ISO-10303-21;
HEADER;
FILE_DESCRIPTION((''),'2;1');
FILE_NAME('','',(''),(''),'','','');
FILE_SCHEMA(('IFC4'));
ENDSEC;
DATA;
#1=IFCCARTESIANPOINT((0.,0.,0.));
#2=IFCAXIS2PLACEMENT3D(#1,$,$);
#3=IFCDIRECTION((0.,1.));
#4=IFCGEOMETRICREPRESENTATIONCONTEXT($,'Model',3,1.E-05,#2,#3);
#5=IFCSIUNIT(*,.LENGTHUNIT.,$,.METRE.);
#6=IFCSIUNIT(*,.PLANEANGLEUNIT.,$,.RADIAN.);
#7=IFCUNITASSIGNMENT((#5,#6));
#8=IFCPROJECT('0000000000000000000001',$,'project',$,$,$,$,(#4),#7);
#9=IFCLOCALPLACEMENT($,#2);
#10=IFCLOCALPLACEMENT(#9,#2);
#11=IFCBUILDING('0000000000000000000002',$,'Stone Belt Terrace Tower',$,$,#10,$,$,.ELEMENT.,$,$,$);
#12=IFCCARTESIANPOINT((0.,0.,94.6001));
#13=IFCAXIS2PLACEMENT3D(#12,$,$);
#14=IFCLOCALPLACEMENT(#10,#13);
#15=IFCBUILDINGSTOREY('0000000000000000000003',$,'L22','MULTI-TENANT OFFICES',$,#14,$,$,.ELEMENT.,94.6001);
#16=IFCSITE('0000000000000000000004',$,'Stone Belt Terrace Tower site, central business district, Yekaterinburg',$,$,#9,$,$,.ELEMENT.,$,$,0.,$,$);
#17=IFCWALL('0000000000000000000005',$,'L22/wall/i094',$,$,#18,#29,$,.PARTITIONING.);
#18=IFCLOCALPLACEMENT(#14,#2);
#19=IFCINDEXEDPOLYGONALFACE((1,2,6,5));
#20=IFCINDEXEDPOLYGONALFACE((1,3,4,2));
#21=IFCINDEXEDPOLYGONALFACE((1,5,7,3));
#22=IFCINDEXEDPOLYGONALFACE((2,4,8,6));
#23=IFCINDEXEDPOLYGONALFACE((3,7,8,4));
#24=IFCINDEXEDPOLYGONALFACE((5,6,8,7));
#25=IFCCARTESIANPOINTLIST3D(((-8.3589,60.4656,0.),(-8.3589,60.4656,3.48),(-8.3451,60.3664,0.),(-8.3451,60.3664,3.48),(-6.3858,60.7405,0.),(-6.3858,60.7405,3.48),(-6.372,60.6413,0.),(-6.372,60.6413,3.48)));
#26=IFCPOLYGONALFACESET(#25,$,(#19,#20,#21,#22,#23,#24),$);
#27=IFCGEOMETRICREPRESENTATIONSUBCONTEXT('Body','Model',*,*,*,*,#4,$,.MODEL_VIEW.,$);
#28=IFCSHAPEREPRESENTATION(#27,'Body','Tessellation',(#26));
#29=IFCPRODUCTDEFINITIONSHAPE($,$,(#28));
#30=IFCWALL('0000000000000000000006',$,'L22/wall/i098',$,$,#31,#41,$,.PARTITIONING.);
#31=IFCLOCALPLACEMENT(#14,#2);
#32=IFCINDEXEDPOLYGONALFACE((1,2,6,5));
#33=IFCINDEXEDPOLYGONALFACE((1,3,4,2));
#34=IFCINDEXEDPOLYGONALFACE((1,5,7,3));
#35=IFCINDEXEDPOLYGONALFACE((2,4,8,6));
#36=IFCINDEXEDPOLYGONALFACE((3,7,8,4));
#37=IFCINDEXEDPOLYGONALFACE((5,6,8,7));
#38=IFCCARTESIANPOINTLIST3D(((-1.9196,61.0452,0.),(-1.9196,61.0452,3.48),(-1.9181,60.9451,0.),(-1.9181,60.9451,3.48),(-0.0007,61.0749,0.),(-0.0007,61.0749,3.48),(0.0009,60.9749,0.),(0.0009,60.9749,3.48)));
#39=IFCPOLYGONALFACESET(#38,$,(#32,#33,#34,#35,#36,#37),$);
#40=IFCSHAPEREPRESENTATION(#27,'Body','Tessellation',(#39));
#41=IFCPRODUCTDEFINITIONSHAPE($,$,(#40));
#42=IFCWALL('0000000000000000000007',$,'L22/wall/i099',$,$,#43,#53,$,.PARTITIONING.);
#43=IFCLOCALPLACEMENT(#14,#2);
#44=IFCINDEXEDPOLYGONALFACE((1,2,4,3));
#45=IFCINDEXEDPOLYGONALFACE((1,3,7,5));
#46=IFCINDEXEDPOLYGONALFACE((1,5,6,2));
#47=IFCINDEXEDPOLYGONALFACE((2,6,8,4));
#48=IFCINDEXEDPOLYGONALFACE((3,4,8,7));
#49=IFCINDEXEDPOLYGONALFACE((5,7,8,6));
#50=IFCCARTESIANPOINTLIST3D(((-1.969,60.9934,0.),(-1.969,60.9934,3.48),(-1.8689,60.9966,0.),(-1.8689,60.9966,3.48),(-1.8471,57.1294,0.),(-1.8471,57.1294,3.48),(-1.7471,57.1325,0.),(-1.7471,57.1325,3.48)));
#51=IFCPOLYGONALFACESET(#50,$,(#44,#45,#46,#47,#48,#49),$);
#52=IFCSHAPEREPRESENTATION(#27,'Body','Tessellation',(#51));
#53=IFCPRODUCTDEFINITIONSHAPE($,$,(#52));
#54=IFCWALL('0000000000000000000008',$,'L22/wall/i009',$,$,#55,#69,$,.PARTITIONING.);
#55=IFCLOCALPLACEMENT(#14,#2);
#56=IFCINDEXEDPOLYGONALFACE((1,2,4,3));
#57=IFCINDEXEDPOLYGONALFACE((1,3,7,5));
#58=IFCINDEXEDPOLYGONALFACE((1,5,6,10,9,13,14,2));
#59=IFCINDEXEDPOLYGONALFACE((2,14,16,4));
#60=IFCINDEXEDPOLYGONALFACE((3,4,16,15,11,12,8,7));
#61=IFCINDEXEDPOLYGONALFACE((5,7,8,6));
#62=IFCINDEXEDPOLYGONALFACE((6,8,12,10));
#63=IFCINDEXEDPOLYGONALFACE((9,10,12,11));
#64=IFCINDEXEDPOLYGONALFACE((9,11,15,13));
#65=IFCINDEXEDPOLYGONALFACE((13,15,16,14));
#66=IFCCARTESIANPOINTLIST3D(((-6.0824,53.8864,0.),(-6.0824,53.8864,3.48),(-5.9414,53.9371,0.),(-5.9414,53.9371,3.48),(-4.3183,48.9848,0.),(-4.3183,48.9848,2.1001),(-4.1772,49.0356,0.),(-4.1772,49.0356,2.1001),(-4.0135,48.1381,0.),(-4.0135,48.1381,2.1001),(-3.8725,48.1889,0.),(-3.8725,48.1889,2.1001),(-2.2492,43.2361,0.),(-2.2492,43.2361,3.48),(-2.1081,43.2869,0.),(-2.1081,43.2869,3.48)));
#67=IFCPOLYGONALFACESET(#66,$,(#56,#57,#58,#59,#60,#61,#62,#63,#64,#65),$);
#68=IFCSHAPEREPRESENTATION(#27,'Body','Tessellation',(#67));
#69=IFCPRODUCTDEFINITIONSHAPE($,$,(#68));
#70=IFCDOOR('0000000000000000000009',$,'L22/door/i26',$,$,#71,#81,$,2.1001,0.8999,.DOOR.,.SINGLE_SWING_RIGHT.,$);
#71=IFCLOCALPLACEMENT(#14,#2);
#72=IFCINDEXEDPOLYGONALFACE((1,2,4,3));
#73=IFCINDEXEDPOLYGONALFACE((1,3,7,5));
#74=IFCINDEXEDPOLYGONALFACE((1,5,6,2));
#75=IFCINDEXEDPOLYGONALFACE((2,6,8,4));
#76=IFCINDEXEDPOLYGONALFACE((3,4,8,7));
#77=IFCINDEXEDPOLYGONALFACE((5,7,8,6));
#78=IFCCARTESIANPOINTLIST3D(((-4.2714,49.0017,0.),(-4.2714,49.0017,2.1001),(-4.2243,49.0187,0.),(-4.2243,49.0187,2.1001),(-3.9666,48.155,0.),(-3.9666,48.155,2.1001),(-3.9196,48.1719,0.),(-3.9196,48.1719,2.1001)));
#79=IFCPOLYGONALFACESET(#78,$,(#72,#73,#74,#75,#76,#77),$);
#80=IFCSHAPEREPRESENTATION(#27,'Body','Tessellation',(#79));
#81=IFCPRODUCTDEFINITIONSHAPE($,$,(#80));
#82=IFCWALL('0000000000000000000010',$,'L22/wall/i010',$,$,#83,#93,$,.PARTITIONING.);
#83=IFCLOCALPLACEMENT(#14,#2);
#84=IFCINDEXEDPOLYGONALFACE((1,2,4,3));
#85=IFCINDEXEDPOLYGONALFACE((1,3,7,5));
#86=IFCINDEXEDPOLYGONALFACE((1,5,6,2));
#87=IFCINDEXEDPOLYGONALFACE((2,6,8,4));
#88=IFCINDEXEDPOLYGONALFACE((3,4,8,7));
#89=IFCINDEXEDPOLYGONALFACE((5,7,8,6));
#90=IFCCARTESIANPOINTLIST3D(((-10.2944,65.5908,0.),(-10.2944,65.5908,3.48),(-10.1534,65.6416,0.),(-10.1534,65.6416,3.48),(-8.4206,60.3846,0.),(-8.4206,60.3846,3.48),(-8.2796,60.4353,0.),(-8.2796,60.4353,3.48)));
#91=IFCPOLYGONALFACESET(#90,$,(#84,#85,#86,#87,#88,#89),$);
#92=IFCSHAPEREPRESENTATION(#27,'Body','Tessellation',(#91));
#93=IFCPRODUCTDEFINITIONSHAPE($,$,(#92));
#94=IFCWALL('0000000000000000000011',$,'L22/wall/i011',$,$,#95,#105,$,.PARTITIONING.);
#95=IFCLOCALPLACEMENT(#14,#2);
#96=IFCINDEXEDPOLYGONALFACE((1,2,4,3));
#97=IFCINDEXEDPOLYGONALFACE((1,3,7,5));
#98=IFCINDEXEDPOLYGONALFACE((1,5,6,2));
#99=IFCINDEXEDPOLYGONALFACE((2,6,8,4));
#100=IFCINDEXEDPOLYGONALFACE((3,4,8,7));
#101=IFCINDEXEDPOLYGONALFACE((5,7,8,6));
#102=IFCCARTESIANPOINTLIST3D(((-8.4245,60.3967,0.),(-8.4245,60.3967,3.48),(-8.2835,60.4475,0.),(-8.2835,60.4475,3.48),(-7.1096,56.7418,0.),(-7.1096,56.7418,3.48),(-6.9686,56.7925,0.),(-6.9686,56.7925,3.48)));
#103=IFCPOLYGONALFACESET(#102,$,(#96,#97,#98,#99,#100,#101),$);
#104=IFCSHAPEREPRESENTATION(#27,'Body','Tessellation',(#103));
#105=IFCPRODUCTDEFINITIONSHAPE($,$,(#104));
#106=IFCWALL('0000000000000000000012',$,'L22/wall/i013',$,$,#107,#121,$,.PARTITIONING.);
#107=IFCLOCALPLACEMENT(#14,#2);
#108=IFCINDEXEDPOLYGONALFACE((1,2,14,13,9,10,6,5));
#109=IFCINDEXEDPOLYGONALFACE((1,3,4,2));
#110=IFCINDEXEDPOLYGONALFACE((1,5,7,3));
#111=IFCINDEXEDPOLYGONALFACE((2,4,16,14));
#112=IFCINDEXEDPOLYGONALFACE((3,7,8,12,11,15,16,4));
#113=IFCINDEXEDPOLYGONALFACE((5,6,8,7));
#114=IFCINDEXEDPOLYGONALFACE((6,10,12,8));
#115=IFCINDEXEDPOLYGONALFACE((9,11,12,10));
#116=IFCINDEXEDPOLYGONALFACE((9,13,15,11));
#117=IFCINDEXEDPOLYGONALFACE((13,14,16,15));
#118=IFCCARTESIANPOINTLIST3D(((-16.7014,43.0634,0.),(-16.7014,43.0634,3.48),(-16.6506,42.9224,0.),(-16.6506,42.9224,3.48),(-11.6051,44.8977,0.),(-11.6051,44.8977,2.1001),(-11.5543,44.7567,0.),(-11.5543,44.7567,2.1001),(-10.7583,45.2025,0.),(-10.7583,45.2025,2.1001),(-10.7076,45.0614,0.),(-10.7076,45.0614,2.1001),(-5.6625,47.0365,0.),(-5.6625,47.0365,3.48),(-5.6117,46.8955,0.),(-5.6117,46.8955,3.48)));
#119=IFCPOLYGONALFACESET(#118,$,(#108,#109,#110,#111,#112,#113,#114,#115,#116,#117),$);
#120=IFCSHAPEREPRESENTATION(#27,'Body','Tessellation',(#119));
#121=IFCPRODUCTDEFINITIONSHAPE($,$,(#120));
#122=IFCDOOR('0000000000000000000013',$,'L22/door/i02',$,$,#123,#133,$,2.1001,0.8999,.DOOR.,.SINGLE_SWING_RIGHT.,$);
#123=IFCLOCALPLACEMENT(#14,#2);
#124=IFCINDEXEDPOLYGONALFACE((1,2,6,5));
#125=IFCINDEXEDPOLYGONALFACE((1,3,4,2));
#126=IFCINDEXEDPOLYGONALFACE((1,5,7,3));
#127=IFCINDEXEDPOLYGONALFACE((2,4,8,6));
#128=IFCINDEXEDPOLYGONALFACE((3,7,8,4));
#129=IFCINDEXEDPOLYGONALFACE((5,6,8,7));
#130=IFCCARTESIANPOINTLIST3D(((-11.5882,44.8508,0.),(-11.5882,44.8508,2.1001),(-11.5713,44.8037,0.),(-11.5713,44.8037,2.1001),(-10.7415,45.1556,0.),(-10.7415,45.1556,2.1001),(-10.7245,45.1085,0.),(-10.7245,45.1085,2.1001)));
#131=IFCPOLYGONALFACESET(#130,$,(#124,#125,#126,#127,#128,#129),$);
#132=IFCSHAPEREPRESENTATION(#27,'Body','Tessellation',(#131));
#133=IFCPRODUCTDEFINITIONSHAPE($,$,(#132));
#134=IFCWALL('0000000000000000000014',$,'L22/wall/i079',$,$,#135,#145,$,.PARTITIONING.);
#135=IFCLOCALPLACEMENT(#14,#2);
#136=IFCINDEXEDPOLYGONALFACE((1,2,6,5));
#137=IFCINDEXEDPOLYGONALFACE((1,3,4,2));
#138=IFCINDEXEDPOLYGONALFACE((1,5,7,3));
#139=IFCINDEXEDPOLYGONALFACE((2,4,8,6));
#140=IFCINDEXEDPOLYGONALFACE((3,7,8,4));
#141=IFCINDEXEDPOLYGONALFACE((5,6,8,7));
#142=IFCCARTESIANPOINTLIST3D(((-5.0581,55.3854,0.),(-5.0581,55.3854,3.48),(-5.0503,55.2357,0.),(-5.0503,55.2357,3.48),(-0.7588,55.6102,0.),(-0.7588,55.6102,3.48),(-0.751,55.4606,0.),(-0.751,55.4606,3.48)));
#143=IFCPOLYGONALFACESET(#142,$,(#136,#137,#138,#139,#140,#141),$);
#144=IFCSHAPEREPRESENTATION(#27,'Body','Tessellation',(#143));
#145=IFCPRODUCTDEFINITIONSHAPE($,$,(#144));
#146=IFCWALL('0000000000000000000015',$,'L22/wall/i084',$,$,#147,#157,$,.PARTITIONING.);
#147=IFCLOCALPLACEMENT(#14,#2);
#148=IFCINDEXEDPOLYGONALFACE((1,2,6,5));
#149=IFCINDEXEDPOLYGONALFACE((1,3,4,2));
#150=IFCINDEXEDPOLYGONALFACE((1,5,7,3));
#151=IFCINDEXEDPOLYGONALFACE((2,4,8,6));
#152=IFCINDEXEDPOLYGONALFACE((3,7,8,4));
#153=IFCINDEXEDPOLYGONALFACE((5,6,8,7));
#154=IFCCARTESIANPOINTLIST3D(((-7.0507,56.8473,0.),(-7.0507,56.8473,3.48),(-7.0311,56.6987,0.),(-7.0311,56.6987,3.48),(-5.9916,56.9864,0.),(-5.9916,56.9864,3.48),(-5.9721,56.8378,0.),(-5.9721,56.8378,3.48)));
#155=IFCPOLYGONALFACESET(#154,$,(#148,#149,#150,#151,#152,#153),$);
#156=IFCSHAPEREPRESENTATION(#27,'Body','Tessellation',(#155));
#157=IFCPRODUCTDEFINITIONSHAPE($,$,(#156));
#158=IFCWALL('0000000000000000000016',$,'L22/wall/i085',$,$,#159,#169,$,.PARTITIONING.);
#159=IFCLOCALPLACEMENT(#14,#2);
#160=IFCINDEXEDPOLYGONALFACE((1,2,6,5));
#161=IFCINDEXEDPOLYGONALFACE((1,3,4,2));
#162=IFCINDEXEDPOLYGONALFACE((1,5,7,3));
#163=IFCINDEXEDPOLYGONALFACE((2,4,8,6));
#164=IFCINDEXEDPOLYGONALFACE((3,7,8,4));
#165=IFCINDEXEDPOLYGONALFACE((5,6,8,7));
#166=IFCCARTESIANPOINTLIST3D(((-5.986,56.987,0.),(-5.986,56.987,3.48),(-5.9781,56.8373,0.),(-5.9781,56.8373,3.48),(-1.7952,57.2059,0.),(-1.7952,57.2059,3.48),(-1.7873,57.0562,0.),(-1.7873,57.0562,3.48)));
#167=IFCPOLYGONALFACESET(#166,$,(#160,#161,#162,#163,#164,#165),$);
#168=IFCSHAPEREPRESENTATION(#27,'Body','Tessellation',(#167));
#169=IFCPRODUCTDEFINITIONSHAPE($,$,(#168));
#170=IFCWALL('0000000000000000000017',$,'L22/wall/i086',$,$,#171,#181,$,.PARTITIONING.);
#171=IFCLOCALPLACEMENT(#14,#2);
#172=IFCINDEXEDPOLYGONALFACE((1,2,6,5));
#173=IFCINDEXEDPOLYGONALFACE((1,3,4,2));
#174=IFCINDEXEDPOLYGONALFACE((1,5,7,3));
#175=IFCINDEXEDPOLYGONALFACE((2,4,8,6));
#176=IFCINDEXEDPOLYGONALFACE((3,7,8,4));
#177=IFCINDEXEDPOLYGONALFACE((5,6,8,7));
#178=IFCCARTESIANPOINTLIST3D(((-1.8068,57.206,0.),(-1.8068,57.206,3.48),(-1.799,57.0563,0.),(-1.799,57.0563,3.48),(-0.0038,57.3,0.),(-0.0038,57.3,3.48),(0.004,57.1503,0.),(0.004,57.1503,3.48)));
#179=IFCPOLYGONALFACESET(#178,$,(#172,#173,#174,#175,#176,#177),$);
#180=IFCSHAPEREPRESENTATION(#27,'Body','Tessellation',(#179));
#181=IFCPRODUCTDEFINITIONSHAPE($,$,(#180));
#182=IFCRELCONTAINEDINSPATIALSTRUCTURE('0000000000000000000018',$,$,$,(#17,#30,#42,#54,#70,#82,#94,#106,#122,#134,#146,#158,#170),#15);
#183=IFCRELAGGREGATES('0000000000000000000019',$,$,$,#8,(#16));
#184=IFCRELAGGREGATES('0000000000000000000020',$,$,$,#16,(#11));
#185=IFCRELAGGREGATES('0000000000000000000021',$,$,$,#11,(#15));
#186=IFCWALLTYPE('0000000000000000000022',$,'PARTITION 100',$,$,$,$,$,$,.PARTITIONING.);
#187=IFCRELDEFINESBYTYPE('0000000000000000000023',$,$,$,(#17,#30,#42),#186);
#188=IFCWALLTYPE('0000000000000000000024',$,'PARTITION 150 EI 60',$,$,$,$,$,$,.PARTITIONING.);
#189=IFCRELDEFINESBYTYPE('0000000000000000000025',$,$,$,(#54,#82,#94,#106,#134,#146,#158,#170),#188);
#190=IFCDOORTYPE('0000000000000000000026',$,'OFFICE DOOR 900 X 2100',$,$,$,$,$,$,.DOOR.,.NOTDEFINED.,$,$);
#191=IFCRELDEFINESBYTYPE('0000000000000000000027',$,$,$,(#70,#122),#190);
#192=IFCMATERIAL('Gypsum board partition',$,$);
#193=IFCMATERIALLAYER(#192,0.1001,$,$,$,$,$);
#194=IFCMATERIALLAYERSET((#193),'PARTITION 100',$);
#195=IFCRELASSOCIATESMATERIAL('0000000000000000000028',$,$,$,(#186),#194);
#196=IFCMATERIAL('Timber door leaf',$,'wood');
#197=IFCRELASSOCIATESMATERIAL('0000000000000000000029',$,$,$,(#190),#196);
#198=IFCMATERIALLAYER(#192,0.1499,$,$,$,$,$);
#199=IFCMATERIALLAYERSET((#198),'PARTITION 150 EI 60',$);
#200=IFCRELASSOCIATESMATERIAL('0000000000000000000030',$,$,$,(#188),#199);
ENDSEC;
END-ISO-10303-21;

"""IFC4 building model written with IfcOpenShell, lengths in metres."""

from ifc_helpers import new_model, si_unit, direction, frame, frame_2d, origin, place, context, subcontext, project, spatial, rectangle, extrude, material, layer, layer_set, type_object, element, fill, save


model = new_model("IFC4")

# Units and contexts
model_context = context("Model", 3, precision=1e-05, world=origin(), true_north=direction((0.0, 1.0)))
body_context = subcontext(model_context, "Body", "Model", "MODEL_VIEW")
ifc_project = project(units=[si_unit("LENGTHUNIT", "METRE"), si_unit("PLANEANGLEUNIT", "RADIAN")], contexts=[model_context])

# Site, building, storey
site_placement = place(None, origin())
site = spatial("IfcSite", under=ifc_project, at=site_placement, Name="Stone Belt Terrace Tower site, central business district, Yekaterinburg", CompositionType="ELEMENT", RefElevation=0.0)
building_placement = place(site_placement, origin())
building = spatial("IfcBuilding", under=site, at=building_placement, Name="Stone Belt Terrace Tower", CompositionType="ELEMENT")
storey_placement = place(building_placement, frame((0.0, 0.0, 94.6001)))
storey = spatial("IfcBuildingStorey", under=building, at=storey_placement, Name="L22", Description="MULTI-TENANT OFFICES", CompositionType="ELEMENT", Elevation=94.6001)

# Shared definitions
ifc_material_1 = material(Name="Timber door leaf", Category="wood")

# Shared definitions
ifc_material_2 = material(Name="Gypsum board partition")
ifc_layer_1 = layer(ifc_material_2, 0.1001)
ifc_layer_set_1 = layer_set([ifc_layer_1], Name="PARTITION 100")
wall_type_1 = type_object("IfcWallType", Name="PARTITION 100", PredefinedType="PARTITIONING", material=ifc_layer_set_1)
door_type_1 = type_object("IfcDoorType", Name="OFFICE DOOR 900 X 2100", OperationType="NOTDEFINED", PredefinedType="DOOR", material=ifc_material_1)

# Walls
wall_1_placement = place(storey_placement, frame((-6.3789, 60.6909, 0.0), z_axis=(0.0, 0.0, 1.0), x_axis=(-0.990434, -0.137989, 0.0)))
element("IfcWall", 1, at=wall_1_placement, inside=storey, type_object=wall_type_1, Name="L22/wall/i094", PredefinedType="PARTITIONING", context=body_context, shape_type="SweptSolid", body=[
    extrude(rectangle(XDim=1.9922, YDim=0.1001, at=frame_2d((0.9961, 0.0))), origin(), (0.0, 0.0, 1.0), 3.48),
])
wall_2_placement = place(storey_placement, frame((0.0, 61.0249, 0.0), z_axis=(0.0, 0.0, 1.0), x_axis=(-0.99988, -0.01552, 0.0)))
element("IfcWall", 2, at=wall_2_placement, inside=storey, type_object=wall_type_1, Name="L22/wall/i098", PredefinedType="PARTITIONING", context=body_context, shape_type="SweptSolid", body=[
    extrude(rectangle(XDim=1.9192, YDim=0.1001, at=frame_2d((0.9595, 0.0))), origin(), (0.0, 0.0, 1.0), 3.48),
])
wall_3_placement = place(storey_placement, frame((-1.9189, 60.9951, 0.0), z_axis=(0.0, 0.0, 1.0), x_axis=(0.031513, -0.999503, 0.0)))
element("IfcWall", 3, at=wall_3_placement, inside=storey, type_object=wall_type_1, Name="L22/wall/i099", PredefinedType="PARTITIONING", context=body_context, shape_type="SweptSolid", body=[
    extrude(rectangle(XDim=3.866, YDim=0.1001, at=frame_2d((1.9331, 0.0))), origin(), (0.0, 0.0, 1.0), 3.48),
])

# Wall, opening, door
ifc_layer_2 = layer(ifc_material_2, 0.1499)
ifc_layer_set_2 = layer_set([ifc_layer_2], Name="PARTITION 150 EI 60")
wall_type_2 = type_object("IfcWallType", Name="PARTITION 150 EI 60", PredefinedType="PARTITIONING", material=ifc_layer_set_2)
wall_4_placement = place(storey_placement, frame((-6.012, 53.9119, 0.0), z_axis=(0.0, 0.0, 1.0), x_axis=(0.338657, -0.94091, 0.0)))
wall_4 = element("IfcWall", 4, at=wall_4_placement, inside=storey, type_object=wall_type_2, Name="L22/wall/i009", PredefinedType="PARTITIONING", context=body_context, shape_type="SweptSolid", body=[
    extrude(rectangle(XDim=11.3191, YDim=0.1499, at=frame_2d((5.6597, 0.0))), origin(), (0.0, 0.0, 1.0), 3.48),
])
opening_1_placement = place(wall_4_placement, frame((5.2095, 0.0, 0.0)))
opening_1 = element("IfcOpeningElement", 5, at=opening_1_placement, cuts=wall_4, PredefinedType="OPENING", context=body_context, shape_type="SweptSolid", body=[
    extrude(rectangle(XDim=0.8999, YDim=2.1001, at=frame_2d((0.45, 1.05))), frame((0.0, 0.085, 0.0), z_axis=(0.0, -1.0, 0.0), x_axis=(1.0, 0.0, 0.0)), (0.0, 0.0, 1.0), 0.1699),
])
door_1_placement = place(opening_1_placement, origin())
door_1 = element("IfcDoor", 6, at=door_1_placement, inside=storey, type_object=door_type_1, Name="L22/door/i26", OperationType="SINGLE_SWING_RIGHT", OverallHeight=2.1001, OverallWidth=0.8999, PredefinedType="DOOR", context=body_context, shape_type="SweptSolid", body=[
    extrude(rectangle(XDim=0.8999, YDim=2.1001, at=frame_2d((0.45, 1.05))), frame((0.0, 0.0249, 0.0), z_axis=(0.0, -1.0, 0.0), x_axis=(1.0, 0.0, 0.0)), (0.0, 0.0, 1.0), 0.05),
])
fill(opening_1, door_1)

# Walls
wall_5_placement = place(storey_placement, frame((-10.2239, 65.6162, 0.0), z_axis=(0.0, 0.0, 1.0), x_axis=(0.338641, -0.940916, 0.0)))
element("IfcWall", 7, at=wall_5_placement, inside=storey, type_object=wall_type_2, Name="L22/wall/i010", PredefinedType="PARTITIONING", context=body_context, shape_type="SweptSolid", body=[
    extrude(rectangle(XDim=5.5332, YDim=0.1499, at=frame_2d((2.7666, 0.0))), origin(), (0.0, 0.0, 1.0), 3.48),
])
wall_6_placement = place(storey_placement, frame((-8.354, 60.4221, 0.0), z_axis=(0.0, 0.0, 1.0), x_axis=(0.338521, -0.940959, 0.0)))
element("IfcWall", 8, at=wall_6_placement, inside=storey, type_object=wall_type_2, Name="L22/wall/i011", PredefinedType="PARTITIONING", context=body_context, shape_type="SweptSolid", body=[
    extrude(rectangle(XDim=3.8843, YDim=0.1499, at=frame_2d((1.9421, 0.0))), origin(), (0.0, 0.0, 1.0), 3.48),
])

# Wall, opening, door
wall_7_placement = place(storey_placement, frame((-5.637, 46.9661, 0.0), z_axis=(0.0, 0.0, 1.0), x_axis=(-0.940912, -0.33865, 0.0)))
wall_7 = element("IfcWall", 9, at=wall_7_placement, inside=storey, type_object=wall_type_2, Name="L22/wall/i013", PredefinedType="PARTITIONING", context=body_context, shape_type="SweptSolid", body=[
    extrude(rectangle(XDim=11.7322, YDim=0.1499, at=frame_2d((5.8662, 0.0))), origin(), (0.0, 0.0, 1.0), 3.48),
])
opening_2_placement = place(wall_7_placement, frame((5.416, 0.0, 0.0)))
opening_2 = element("IfcOpeningElement", 10, at=opening_2_placement, cuts=wall_7, PredefinedType="OPENING", context=body_context, shape_type="SweptSolid", body=[
    extrude(rectangle(XDim=0.8999, YDim=2.1001, at=frame_2d((0.45, 1.05))), frame((0.0, 0.085, 0.0), z_axis=(0.0, -1.0, 0.0), x_axis=(1.0, 0.0, 0.0)), (0.0, 0.0, 1.0), 0.1699),
])
door_2_placement = place(opening_2_placement, origin())
door_2 = element("IfcDoor", 11, at=door_2_placement, inside=storey, type_object=door_type_1, Name="L22/door/i02", OperationType="SINGLE_SWING_RIGHT", OverallHeight=2.1001, OverallWidth=0.8999, PredefinedType="DOOR", context=body_context, shape_type="SweptSolid", body=[
    extrude(rectangle(XDim=0.8999, YDim=2.1001, at=frame_2d((0.45, 1.05))), frame((0.0, 0.0249, 0.0), z_axis=(0.0, -1.0, 0.0), x_axis=(1.0, 0.0, 0.0)), (0.0, 0.0, 1.0), 0.05),
])
fill(opening_2, door_2)

# Walls
wall_8_placement = place(storey_placement, frame((-0.7549, 55.5354, 0.0), z_axis=(0.0, 0.0, 1.0), x_axis=(-0.998635, -0.052228, 0.0)))
element("IfcWall", 12, at=wall_8_placement, inside=storey, type_object=wall_type_2, Name="L22/wall/i079", PredefinedType="PARTITIONING", context=body_context, shape_type="SweptSolid", body=[
    extrude(rectangle(XDim=4.3052, YDim=0.1499, at=frame_2d((2.1526, 0.0))), origin(), (0.0, 0.0, 1.0), 3.48),
])
wall_9_placement = place(storey_placement, frame((-7.041, 56.7729, 0.0), z_axis=(0.0, 0.0, 1.0), x_axis=(0.991478, 0.130277, 0.0)))
element("IfcWall", 13, at=wall_9_placement, inside=storey, type_object=wall_type_2, Name="L22/wall/i084", PredefinedType="PARTITIONING", context=body_context, shape_type="SweptSolid", body=[
    extrude(rectangle(XDim=1.0681, YDim=0.1499, at=frame_2d((0.5342, 0.0))), origin(), (0.0, 0.0, 1.0), 3.48),
])
wall_10_placement = place(storey_placement, frame((-5.9819, 56.9121, 0.0), z_axis=(0.0, 0.0, 1.0), x_axis=(0.998638, 0.052183, 0.0)))
element("IfcWall", 14, at=wall_10_placement, inside=storey, type_object=wall_type_2, Name="L22/wall/i085", PredefinedType="PARTITIONING", context=body_context, shape_type="SweptSolid", body=[
    extrude(rectangle(XDim=4.1965, YDim=0.1499, at=frame_2d((2.0981, 0.0))), origin(), (0.0, 0.0, 1.0), 3.48),
])
wall_11_placement = place(storey_placement, frame((-1.803, 57.1311, 0.0), z_axis=(0.0, 0.0, 1.0), x_axis=(0.998644, 0.052062, 0.0)))
element("IfcWall", 15, at=wall_11_placement, inside=storey, type_object=wall_type_2, Name="L22/wall/i086", PredefinedType="PARTITIONING", context=body_context, shape_type="SweptSolid", body=[
    extrude(rectangle(XDim=1.8054, YDim=0.1499, at=frame_2d((0.9028, 0.0))), origin(), (0.0, 0.0, 1.0), 3.48),
])

save(model, "model.ifc")
